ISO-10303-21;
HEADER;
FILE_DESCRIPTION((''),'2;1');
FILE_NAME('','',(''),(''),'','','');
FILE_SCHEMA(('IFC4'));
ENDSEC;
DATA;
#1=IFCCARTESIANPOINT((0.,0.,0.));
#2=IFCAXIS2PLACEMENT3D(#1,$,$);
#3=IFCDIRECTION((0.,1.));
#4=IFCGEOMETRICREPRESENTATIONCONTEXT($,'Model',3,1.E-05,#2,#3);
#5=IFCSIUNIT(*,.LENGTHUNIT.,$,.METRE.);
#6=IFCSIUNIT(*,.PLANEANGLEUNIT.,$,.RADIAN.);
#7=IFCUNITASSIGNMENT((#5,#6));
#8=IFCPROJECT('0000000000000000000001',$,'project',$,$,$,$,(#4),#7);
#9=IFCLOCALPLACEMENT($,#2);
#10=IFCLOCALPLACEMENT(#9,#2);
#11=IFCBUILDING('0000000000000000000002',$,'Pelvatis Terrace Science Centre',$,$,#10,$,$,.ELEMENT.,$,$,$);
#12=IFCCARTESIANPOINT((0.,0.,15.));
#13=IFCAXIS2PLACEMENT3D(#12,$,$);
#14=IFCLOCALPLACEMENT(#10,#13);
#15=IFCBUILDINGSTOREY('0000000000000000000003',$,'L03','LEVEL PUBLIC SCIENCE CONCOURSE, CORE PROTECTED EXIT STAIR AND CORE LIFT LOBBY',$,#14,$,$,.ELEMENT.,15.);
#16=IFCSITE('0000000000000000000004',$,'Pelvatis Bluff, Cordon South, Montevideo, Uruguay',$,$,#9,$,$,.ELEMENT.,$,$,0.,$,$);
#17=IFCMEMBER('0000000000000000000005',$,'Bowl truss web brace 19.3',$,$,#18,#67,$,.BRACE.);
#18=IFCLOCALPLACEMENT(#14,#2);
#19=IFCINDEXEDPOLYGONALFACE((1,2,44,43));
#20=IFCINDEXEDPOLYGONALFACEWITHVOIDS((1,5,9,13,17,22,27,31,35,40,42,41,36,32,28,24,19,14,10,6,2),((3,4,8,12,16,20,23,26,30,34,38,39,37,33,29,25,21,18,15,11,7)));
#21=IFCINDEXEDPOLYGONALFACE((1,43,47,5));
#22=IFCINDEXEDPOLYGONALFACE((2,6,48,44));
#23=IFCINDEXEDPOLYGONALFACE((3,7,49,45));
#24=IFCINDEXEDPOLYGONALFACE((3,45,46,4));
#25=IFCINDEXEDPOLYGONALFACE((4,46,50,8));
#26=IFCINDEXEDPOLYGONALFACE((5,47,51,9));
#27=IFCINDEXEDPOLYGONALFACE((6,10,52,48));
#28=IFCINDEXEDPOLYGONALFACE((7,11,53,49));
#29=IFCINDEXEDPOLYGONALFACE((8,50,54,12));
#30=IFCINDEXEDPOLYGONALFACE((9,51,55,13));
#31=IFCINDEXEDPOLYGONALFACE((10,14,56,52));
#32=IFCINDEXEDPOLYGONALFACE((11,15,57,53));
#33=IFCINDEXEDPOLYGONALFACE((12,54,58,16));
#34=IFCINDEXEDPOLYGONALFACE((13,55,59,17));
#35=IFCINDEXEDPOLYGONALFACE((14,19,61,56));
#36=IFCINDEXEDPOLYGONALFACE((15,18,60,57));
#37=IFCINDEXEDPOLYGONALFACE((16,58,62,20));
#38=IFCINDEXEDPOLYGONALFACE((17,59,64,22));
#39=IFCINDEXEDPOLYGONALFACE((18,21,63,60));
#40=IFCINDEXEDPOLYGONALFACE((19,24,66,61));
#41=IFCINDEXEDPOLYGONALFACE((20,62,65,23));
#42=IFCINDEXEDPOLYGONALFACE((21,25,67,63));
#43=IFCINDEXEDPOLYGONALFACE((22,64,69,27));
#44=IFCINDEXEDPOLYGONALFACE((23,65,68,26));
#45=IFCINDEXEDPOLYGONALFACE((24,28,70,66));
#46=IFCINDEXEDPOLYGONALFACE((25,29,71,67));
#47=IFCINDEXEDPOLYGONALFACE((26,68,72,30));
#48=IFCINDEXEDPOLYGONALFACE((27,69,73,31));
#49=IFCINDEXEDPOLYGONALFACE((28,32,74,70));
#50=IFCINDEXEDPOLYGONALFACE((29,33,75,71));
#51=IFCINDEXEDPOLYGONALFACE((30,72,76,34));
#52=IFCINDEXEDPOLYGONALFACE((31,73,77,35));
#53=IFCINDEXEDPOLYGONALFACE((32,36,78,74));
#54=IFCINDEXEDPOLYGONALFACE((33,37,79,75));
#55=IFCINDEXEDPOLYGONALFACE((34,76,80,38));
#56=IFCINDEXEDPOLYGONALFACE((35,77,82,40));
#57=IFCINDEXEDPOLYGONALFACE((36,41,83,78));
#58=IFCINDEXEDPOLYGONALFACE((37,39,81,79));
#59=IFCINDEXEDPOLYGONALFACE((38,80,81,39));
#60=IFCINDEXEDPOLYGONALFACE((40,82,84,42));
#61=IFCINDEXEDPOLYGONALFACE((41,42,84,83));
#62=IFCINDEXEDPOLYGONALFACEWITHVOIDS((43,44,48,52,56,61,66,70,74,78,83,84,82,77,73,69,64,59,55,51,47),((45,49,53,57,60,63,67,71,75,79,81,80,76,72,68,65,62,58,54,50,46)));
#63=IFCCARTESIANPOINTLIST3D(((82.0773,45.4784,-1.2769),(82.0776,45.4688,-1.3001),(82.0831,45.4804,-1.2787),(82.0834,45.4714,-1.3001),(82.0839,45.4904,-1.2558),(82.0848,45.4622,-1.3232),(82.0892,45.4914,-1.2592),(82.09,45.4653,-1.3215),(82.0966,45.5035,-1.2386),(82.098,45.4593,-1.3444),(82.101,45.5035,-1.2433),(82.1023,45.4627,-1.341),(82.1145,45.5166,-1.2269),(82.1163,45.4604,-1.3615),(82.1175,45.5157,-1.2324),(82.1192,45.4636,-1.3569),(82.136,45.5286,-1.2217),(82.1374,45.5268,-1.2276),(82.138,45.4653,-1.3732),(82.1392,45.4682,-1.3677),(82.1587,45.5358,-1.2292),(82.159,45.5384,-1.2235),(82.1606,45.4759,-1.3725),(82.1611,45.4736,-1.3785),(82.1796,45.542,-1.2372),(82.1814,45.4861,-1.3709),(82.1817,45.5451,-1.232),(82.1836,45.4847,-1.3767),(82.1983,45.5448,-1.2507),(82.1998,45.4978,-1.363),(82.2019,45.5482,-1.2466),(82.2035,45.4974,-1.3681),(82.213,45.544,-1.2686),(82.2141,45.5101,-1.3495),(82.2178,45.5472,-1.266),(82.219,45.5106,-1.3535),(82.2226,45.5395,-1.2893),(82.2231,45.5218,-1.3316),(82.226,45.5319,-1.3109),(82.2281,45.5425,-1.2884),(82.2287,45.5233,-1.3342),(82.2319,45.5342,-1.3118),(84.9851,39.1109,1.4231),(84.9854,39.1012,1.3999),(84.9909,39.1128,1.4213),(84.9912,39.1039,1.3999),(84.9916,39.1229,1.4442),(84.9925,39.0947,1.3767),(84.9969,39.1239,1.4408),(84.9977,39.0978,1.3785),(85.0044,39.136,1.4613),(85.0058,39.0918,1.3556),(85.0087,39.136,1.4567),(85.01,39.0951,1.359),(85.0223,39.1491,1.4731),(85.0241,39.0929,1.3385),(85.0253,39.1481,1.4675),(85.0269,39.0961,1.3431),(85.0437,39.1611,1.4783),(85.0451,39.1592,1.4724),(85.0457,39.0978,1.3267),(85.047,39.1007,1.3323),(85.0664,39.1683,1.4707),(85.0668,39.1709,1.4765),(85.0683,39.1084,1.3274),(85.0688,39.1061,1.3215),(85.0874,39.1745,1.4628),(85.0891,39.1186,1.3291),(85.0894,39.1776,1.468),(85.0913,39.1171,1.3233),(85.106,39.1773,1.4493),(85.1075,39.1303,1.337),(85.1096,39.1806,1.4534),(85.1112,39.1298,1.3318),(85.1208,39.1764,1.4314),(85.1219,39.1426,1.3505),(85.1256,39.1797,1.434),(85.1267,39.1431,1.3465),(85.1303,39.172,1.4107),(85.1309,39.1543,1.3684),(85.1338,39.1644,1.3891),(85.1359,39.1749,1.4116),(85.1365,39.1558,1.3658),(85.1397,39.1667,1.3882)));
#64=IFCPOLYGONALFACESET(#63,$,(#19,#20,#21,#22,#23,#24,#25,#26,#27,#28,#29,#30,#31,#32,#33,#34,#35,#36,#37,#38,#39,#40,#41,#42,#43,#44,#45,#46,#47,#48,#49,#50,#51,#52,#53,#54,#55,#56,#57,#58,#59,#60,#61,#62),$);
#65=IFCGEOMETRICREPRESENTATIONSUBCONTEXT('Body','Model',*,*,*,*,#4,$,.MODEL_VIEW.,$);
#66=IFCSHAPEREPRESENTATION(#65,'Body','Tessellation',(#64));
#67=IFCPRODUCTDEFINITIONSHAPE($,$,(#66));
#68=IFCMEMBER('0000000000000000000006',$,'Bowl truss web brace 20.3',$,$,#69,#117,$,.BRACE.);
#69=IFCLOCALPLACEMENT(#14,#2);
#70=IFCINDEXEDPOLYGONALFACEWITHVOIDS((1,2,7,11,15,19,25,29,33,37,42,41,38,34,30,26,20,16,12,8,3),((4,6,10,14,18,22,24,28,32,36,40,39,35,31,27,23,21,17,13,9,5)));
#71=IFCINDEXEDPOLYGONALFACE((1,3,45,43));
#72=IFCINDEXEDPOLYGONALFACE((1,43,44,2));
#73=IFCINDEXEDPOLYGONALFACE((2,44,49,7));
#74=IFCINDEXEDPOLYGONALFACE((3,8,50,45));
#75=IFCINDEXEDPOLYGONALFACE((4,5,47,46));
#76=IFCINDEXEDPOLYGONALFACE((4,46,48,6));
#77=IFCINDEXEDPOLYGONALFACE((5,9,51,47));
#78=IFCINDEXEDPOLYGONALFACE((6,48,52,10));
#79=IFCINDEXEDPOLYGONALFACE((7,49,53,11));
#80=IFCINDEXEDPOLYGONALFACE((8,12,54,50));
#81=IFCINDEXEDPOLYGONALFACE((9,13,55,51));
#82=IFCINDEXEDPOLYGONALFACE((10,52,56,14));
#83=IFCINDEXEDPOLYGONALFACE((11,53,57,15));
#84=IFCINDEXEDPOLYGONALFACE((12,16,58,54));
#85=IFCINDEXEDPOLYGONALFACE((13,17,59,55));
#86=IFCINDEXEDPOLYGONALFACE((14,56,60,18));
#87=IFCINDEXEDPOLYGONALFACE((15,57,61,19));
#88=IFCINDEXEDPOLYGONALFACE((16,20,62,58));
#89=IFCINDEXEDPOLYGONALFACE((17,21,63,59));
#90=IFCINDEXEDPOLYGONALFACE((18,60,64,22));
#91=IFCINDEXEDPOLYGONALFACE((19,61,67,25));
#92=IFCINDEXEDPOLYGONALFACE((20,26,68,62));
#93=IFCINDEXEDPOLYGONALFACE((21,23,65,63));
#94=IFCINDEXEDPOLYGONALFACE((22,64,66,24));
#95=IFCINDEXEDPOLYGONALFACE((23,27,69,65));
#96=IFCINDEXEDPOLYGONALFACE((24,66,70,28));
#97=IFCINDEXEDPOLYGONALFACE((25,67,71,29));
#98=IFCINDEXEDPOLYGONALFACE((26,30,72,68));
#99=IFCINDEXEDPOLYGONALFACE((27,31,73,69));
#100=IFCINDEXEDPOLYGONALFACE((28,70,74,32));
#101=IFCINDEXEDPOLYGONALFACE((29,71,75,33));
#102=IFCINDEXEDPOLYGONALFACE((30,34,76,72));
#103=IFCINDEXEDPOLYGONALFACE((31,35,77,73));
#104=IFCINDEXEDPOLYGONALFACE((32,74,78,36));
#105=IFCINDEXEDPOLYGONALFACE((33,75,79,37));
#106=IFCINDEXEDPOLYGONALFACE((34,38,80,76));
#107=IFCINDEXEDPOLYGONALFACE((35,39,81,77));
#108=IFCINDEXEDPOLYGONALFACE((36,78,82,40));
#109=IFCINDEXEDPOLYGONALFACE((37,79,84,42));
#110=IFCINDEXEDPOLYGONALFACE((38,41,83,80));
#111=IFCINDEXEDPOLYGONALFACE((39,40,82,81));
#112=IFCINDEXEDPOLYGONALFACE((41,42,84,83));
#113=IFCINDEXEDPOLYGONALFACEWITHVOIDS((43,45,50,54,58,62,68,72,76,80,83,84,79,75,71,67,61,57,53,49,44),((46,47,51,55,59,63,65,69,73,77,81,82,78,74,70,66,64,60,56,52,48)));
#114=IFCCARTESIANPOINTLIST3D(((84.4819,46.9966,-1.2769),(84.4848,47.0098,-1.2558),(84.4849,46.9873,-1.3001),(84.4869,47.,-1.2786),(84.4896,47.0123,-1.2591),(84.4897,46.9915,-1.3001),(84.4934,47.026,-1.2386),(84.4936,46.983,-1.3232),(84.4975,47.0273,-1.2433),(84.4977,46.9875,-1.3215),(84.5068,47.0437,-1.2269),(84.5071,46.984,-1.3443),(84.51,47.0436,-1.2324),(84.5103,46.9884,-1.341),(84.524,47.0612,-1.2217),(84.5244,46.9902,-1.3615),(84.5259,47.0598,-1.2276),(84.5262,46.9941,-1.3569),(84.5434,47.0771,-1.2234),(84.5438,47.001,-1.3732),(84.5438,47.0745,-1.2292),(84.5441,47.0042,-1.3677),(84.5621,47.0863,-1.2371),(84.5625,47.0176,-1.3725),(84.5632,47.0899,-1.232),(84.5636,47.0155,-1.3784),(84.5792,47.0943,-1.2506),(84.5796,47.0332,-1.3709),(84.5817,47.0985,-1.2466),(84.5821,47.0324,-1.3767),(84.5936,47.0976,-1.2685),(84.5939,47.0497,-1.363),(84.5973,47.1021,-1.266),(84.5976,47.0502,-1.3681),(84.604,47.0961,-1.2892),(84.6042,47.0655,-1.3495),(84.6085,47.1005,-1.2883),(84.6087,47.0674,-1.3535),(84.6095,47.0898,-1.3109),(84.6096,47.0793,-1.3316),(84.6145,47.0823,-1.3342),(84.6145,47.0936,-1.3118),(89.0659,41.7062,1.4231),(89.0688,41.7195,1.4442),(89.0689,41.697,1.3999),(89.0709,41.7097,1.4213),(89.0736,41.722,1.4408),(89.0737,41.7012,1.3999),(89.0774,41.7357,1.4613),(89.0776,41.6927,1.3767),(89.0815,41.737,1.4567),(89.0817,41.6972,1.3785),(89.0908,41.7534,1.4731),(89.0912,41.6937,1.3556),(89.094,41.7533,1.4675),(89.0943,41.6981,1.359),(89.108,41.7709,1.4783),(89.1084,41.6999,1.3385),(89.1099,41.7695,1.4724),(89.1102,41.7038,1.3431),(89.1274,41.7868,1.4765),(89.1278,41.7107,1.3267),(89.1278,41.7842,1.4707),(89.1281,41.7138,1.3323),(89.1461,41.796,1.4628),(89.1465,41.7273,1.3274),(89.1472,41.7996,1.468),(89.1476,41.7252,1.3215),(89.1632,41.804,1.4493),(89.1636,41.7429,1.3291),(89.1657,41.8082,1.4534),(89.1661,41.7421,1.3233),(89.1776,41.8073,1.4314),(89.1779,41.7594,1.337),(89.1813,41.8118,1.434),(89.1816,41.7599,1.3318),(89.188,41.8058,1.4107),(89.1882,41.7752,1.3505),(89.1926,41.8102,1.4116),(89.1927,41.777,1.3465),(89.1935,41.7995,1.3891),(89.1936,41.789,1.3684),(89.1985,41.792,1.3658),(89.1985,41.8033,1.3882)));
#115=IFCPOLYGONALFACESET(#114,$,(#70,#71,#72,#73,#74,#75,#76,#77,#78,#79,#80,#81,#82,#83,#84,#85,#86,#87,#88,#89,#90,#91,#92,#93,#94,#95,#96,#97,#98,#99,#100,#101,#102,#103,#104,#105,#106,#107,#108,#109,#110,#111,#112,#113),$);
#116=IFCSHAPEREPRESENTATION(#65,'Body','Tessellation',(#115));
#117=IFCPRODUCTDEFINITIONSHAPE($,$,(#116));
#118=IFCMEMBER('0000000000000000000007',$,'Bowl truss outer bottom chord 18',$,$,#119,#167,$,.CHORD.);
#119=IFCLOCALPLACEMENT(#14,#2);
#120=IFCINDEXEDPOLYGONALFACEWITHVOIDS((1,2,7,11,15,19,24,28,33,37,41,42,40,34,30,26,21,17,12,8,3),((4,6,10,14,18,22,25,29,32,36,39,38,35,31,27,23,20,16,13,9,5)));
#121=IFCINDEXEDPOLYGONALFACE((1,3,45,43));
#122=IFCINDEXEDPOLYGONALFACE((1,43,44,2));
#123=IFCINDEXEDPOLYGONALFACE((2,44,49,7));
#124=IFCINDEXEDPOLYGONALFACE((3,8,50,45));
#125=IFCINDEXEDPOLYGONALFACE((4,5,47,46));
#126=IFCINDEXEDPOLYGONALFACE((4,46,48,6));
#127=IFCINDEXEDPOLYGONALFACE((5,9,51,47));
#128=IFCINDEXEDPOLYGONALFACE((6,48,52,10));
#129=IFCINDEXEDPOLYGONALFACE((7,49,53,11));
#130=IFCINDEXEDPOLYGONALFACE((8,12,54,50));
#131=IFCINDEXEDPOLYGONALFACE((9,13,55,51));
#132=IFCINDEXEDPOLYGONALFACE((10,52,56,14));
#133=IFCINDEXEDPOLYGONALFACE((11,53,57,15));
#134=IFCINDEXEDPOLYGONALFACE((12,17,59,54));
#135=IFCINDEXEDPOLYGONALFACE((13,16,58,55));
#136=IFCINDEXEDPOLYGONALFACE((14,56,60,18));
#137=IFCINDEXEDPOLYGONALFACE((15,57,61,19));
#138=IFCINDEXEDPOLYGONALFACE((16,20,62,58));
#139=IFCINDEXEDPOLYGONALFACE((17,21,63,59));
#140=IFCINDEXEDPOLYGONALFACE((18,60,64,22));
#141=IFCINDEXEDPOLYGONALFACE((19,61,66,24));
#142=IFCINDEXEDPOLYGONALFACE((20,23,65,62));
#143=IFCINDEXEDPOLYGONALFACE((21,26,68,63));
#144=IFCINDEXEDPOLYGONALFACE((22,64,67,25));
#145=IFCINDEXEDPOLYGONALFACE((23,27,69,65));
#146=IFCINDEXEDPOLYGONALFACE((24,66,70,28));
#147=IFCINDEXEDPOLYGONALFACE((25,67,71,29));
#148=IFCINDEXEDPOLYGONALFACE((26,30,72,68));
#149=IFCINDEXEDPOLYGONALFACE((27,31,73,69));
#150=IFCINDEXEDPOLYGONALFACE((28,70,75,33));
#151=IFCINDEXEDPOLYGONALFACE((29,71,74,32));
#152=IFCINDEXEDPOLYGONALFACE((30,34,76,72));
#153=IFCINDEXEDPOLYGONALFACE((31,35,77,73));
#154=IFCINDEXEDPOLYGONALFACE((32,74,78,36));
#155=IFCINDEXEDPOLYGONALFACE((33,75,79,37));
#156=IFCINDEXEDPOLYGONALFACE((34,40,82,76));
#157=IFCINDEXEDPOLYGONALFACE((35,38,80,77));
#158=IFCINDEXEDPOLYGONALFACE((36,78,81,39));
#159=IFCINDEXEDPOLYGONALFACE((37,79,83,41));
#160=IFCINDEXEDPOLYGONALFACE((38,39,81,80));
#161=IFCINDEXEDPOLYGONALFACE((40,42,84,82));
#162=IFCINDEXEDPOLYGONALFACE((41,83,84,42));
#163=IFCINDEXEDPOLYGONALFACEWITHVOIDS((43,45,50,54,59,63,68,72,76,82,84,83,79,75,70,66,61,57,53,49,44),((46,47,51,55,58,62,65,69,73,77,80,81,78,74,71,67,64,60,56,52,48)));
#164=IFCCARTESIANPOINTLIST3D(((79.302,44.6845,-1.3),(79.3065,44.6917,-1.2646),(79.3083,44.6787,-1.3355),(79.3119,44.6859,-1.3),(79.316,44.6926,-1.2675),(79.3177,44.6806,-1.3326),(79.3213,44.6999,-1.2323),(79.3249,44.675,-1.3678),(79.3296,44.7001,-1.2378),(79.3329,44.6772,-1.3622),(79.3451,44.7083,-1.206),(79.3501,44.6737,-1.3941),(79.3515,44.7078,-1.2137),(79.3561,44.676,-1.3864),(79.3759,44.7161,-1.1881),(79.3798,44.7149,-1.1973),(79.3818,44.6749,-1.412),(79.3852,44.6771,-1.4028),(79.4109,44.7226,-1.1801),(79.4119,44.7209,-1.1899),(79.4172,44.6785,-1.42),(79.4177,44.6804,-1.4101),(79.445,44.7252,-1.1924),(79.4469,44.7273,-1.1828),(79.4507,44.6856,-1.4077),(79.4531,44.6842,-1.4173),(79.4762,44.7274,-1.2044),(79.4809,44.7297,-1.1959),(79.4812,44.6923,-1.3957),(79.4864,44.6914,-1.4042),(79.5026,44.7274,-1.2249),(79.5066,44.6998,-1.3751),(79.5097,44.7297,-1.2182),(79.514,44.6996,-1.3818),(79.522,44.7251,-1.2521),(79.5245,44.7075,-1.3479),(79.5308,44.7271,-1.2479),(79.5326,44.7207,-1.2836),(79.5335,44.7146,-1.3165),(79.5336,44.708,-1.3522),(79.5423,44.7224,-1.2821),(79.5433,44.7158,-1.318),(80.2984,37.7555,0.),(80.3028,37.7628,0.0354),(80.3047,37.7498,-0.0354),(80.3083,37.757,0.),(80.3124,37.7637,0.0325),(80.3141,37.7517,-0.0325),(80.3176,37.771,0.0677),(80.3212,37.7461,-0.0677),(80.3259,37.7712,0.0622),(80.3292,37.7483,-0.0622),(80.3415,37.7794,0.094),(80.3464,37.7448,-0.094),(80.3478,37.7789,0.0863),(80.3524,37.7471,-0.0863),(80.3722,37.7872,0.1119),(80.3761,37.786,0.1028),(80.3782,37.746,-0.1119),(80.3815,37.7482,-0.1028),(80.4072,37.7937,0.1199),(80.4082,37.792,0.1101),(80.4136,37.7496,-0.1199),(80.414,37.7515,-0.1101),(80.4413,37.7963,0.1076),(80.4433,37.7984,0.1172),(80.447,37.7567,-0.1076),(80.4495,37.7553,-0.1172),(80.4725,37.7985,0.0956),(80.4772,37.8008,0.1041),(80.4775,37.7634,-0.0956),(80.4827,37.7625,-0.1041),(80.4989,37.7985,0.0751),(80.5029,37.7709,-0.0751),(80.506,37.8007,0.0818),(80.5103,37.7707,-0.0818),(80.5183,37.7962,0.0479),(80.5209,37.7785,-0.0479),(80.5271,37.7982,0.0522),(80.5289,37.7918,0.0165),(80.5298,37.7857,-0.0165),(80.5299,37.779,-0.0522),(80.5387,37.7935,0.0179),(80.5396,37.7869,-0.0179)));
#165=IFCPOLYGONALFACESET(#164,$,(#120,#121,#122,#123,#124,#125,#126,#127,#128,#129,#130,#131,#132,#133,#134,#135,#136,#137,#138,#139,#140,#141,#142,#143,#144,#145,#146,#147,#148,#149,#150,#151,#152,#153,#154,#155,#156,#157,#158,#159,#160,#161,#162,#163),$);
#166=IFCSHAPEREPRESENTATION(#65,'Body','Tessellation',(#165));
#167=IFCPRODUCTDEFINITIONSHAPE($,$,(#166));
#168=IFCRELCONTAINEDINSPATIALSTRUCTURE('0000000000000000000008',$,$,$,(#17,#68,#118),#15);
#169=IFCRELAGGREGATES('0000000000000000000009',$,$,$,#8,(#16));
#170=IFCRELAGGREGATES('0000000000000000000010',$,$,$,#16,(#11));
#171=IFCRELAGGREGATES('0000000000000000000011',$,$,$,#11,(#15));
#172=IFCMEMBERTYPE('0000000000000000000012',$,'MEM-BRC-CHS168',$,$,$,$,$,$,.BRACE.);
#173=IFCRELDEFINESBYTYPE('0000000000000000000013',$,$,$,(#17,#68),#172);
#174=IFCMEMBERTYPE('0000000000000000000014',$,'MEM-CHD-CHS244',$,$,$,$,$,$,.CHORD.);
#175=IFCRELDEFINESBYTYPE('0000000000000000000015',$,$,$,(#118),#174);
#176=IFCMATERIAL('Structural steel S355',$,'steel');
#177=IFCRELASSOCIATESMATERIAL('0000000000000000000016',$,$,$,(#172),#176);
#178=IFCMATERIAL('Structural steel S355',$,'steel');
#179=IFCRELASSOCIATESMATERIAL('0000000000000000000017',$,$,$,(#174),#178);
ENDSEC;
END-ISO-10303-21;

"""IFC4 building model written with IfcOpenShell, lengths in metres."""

from ifc_helpers import new_model, si_unit, direction, frame, origin, origin_2d, place, context, subcontext, project, spatial, hollow_circle, extrude, material, material_profile, profile_set, type_object, element, save


model = new_model("IFC4")

# Units and contexts
model_context = context("Model", 3, precision=1e-05, world=origin(), true_north=direction((0.0, 1.0)))
body_context = subcontext(model_context, "Body", "Model", "MODEL_VIEW")
ifc_project = project(units=[si_unit("LENGTHUNIT", "METRE"), si_unit("PLANEANGLEUNIT", "RADIAN")], contexts=[model_context])

# Site, building, storey
site_placement = place(None, origin())
site = spatial("IfcSite", under=ifc_project, at=site_placement, Name="Pelvatis Bluff, Cordon South, Montevideo, Uruguay", CompositionType="ELEMENT", RefElevation=0.0)
building_placement = place(site_placement, origin())
building = spatial("IfcBuilding", under=site, at=building_placement, Name="Pelvatis Terrace Science Centre", CompositionType="ELEMENT")
storey_placement = place(building_placement, frame((0.0, 0.0, 15.0)))
storey = spatial("IfcBuildingStorey", under=building, at=storey_placement, Name="L03", Description="LEVEL PUBLIC SCIENCE CONCOURSE, CORE PROTECTED EXIT STAIR AND CORE LIFT LOBBY", CompositionType="ELEMENT", Elevation=15.0)

# Members
ifc_material_1 = material(Name="Structural steel S355", Category="steel")
ifc_material_profile_1 = material_profile(ifc_material_1, hollow_circle(Radius=0.0842, WallThickness=0.0063, at=origin_2d()), Name="CHS 168.3x6.3")
ifc_profile_set_1 = profile_set([ifc_material_profile_1], Name="Structural steel S355")
member_type_1 = type_object("IfcMemberType", Name="MEM-BRC-CHS168", PredefinedType="BRACE", material=ifc_profile_set_1)
for number, where, z_axis, x_axis, name in (
    (1, (85.062, 39.1362, 1.3999), (-0.387562, 0.848699, -0.35987), (-0.909642, -0.415392, 0.0), "Bowl truss web brace 19.3"),
    (2, (89.1326, 41.7522, 1.3999), (-0.610982, 0.705122, -0.359866), (-0.755755, -0.654855, 0.0), "Bowl truss web brace 20.3"),
):
    element("IfcMember", number, at=place(storey_placement, frame(where, z_axis=z_axis, x_axis=x_axis)), inside=storey, type_object=member_type_1, Name=name, PredefinedType="BRACE", context=body_context, shape_type="SweptSolid", body=[
        extrude(hollow_circle(Radius=0.0842, WallThickness=0.0063, at=origin_2d()), origin(), (0.0, 0.0, 1.0), 7.5027),
    ])
ifc_material_2 = material(Name="Structural steel S355", Category="steel")
ifc_material_profile_2 = material_profile(ifc_material_2, hollow_circle(Radius=0.1223, WallThickness=0.01, at=origin_2d()), Name="CHS 244.5x10.0")
ifc_profile_set_2 = profile_set([ifc_material_profile_2], Name="Structural steel S355")
member_type_2 = type_object("IfcMemberType", Name="MEM-CHD-CHS244", PredefinedType="CHORD", material=ifc_profile_set_2)
member_1_placement = place(storey_placement, frame((80.4194, 37.7729, 0.0), z_axis=(-0.139937, 0.973179, -0.182593), x_axis=(-0.989819, -0.142329, 0.0)))
element("IfcMember", 3, at=member_1_placement, inside=storey, type_object=member_type_2, Name="Bowl truss outer bottom chord 18", PredefinedType="CHORD", context=body_context, shape_type="SweptSolid", body=[
    extrude(hollow_circle(Radius=0.1223, WallThickness=0.01, at=origin_2d()), origin(), (0.0, 0.0, 1.0), 7.1199),
])

save(model, "model.ifc")
